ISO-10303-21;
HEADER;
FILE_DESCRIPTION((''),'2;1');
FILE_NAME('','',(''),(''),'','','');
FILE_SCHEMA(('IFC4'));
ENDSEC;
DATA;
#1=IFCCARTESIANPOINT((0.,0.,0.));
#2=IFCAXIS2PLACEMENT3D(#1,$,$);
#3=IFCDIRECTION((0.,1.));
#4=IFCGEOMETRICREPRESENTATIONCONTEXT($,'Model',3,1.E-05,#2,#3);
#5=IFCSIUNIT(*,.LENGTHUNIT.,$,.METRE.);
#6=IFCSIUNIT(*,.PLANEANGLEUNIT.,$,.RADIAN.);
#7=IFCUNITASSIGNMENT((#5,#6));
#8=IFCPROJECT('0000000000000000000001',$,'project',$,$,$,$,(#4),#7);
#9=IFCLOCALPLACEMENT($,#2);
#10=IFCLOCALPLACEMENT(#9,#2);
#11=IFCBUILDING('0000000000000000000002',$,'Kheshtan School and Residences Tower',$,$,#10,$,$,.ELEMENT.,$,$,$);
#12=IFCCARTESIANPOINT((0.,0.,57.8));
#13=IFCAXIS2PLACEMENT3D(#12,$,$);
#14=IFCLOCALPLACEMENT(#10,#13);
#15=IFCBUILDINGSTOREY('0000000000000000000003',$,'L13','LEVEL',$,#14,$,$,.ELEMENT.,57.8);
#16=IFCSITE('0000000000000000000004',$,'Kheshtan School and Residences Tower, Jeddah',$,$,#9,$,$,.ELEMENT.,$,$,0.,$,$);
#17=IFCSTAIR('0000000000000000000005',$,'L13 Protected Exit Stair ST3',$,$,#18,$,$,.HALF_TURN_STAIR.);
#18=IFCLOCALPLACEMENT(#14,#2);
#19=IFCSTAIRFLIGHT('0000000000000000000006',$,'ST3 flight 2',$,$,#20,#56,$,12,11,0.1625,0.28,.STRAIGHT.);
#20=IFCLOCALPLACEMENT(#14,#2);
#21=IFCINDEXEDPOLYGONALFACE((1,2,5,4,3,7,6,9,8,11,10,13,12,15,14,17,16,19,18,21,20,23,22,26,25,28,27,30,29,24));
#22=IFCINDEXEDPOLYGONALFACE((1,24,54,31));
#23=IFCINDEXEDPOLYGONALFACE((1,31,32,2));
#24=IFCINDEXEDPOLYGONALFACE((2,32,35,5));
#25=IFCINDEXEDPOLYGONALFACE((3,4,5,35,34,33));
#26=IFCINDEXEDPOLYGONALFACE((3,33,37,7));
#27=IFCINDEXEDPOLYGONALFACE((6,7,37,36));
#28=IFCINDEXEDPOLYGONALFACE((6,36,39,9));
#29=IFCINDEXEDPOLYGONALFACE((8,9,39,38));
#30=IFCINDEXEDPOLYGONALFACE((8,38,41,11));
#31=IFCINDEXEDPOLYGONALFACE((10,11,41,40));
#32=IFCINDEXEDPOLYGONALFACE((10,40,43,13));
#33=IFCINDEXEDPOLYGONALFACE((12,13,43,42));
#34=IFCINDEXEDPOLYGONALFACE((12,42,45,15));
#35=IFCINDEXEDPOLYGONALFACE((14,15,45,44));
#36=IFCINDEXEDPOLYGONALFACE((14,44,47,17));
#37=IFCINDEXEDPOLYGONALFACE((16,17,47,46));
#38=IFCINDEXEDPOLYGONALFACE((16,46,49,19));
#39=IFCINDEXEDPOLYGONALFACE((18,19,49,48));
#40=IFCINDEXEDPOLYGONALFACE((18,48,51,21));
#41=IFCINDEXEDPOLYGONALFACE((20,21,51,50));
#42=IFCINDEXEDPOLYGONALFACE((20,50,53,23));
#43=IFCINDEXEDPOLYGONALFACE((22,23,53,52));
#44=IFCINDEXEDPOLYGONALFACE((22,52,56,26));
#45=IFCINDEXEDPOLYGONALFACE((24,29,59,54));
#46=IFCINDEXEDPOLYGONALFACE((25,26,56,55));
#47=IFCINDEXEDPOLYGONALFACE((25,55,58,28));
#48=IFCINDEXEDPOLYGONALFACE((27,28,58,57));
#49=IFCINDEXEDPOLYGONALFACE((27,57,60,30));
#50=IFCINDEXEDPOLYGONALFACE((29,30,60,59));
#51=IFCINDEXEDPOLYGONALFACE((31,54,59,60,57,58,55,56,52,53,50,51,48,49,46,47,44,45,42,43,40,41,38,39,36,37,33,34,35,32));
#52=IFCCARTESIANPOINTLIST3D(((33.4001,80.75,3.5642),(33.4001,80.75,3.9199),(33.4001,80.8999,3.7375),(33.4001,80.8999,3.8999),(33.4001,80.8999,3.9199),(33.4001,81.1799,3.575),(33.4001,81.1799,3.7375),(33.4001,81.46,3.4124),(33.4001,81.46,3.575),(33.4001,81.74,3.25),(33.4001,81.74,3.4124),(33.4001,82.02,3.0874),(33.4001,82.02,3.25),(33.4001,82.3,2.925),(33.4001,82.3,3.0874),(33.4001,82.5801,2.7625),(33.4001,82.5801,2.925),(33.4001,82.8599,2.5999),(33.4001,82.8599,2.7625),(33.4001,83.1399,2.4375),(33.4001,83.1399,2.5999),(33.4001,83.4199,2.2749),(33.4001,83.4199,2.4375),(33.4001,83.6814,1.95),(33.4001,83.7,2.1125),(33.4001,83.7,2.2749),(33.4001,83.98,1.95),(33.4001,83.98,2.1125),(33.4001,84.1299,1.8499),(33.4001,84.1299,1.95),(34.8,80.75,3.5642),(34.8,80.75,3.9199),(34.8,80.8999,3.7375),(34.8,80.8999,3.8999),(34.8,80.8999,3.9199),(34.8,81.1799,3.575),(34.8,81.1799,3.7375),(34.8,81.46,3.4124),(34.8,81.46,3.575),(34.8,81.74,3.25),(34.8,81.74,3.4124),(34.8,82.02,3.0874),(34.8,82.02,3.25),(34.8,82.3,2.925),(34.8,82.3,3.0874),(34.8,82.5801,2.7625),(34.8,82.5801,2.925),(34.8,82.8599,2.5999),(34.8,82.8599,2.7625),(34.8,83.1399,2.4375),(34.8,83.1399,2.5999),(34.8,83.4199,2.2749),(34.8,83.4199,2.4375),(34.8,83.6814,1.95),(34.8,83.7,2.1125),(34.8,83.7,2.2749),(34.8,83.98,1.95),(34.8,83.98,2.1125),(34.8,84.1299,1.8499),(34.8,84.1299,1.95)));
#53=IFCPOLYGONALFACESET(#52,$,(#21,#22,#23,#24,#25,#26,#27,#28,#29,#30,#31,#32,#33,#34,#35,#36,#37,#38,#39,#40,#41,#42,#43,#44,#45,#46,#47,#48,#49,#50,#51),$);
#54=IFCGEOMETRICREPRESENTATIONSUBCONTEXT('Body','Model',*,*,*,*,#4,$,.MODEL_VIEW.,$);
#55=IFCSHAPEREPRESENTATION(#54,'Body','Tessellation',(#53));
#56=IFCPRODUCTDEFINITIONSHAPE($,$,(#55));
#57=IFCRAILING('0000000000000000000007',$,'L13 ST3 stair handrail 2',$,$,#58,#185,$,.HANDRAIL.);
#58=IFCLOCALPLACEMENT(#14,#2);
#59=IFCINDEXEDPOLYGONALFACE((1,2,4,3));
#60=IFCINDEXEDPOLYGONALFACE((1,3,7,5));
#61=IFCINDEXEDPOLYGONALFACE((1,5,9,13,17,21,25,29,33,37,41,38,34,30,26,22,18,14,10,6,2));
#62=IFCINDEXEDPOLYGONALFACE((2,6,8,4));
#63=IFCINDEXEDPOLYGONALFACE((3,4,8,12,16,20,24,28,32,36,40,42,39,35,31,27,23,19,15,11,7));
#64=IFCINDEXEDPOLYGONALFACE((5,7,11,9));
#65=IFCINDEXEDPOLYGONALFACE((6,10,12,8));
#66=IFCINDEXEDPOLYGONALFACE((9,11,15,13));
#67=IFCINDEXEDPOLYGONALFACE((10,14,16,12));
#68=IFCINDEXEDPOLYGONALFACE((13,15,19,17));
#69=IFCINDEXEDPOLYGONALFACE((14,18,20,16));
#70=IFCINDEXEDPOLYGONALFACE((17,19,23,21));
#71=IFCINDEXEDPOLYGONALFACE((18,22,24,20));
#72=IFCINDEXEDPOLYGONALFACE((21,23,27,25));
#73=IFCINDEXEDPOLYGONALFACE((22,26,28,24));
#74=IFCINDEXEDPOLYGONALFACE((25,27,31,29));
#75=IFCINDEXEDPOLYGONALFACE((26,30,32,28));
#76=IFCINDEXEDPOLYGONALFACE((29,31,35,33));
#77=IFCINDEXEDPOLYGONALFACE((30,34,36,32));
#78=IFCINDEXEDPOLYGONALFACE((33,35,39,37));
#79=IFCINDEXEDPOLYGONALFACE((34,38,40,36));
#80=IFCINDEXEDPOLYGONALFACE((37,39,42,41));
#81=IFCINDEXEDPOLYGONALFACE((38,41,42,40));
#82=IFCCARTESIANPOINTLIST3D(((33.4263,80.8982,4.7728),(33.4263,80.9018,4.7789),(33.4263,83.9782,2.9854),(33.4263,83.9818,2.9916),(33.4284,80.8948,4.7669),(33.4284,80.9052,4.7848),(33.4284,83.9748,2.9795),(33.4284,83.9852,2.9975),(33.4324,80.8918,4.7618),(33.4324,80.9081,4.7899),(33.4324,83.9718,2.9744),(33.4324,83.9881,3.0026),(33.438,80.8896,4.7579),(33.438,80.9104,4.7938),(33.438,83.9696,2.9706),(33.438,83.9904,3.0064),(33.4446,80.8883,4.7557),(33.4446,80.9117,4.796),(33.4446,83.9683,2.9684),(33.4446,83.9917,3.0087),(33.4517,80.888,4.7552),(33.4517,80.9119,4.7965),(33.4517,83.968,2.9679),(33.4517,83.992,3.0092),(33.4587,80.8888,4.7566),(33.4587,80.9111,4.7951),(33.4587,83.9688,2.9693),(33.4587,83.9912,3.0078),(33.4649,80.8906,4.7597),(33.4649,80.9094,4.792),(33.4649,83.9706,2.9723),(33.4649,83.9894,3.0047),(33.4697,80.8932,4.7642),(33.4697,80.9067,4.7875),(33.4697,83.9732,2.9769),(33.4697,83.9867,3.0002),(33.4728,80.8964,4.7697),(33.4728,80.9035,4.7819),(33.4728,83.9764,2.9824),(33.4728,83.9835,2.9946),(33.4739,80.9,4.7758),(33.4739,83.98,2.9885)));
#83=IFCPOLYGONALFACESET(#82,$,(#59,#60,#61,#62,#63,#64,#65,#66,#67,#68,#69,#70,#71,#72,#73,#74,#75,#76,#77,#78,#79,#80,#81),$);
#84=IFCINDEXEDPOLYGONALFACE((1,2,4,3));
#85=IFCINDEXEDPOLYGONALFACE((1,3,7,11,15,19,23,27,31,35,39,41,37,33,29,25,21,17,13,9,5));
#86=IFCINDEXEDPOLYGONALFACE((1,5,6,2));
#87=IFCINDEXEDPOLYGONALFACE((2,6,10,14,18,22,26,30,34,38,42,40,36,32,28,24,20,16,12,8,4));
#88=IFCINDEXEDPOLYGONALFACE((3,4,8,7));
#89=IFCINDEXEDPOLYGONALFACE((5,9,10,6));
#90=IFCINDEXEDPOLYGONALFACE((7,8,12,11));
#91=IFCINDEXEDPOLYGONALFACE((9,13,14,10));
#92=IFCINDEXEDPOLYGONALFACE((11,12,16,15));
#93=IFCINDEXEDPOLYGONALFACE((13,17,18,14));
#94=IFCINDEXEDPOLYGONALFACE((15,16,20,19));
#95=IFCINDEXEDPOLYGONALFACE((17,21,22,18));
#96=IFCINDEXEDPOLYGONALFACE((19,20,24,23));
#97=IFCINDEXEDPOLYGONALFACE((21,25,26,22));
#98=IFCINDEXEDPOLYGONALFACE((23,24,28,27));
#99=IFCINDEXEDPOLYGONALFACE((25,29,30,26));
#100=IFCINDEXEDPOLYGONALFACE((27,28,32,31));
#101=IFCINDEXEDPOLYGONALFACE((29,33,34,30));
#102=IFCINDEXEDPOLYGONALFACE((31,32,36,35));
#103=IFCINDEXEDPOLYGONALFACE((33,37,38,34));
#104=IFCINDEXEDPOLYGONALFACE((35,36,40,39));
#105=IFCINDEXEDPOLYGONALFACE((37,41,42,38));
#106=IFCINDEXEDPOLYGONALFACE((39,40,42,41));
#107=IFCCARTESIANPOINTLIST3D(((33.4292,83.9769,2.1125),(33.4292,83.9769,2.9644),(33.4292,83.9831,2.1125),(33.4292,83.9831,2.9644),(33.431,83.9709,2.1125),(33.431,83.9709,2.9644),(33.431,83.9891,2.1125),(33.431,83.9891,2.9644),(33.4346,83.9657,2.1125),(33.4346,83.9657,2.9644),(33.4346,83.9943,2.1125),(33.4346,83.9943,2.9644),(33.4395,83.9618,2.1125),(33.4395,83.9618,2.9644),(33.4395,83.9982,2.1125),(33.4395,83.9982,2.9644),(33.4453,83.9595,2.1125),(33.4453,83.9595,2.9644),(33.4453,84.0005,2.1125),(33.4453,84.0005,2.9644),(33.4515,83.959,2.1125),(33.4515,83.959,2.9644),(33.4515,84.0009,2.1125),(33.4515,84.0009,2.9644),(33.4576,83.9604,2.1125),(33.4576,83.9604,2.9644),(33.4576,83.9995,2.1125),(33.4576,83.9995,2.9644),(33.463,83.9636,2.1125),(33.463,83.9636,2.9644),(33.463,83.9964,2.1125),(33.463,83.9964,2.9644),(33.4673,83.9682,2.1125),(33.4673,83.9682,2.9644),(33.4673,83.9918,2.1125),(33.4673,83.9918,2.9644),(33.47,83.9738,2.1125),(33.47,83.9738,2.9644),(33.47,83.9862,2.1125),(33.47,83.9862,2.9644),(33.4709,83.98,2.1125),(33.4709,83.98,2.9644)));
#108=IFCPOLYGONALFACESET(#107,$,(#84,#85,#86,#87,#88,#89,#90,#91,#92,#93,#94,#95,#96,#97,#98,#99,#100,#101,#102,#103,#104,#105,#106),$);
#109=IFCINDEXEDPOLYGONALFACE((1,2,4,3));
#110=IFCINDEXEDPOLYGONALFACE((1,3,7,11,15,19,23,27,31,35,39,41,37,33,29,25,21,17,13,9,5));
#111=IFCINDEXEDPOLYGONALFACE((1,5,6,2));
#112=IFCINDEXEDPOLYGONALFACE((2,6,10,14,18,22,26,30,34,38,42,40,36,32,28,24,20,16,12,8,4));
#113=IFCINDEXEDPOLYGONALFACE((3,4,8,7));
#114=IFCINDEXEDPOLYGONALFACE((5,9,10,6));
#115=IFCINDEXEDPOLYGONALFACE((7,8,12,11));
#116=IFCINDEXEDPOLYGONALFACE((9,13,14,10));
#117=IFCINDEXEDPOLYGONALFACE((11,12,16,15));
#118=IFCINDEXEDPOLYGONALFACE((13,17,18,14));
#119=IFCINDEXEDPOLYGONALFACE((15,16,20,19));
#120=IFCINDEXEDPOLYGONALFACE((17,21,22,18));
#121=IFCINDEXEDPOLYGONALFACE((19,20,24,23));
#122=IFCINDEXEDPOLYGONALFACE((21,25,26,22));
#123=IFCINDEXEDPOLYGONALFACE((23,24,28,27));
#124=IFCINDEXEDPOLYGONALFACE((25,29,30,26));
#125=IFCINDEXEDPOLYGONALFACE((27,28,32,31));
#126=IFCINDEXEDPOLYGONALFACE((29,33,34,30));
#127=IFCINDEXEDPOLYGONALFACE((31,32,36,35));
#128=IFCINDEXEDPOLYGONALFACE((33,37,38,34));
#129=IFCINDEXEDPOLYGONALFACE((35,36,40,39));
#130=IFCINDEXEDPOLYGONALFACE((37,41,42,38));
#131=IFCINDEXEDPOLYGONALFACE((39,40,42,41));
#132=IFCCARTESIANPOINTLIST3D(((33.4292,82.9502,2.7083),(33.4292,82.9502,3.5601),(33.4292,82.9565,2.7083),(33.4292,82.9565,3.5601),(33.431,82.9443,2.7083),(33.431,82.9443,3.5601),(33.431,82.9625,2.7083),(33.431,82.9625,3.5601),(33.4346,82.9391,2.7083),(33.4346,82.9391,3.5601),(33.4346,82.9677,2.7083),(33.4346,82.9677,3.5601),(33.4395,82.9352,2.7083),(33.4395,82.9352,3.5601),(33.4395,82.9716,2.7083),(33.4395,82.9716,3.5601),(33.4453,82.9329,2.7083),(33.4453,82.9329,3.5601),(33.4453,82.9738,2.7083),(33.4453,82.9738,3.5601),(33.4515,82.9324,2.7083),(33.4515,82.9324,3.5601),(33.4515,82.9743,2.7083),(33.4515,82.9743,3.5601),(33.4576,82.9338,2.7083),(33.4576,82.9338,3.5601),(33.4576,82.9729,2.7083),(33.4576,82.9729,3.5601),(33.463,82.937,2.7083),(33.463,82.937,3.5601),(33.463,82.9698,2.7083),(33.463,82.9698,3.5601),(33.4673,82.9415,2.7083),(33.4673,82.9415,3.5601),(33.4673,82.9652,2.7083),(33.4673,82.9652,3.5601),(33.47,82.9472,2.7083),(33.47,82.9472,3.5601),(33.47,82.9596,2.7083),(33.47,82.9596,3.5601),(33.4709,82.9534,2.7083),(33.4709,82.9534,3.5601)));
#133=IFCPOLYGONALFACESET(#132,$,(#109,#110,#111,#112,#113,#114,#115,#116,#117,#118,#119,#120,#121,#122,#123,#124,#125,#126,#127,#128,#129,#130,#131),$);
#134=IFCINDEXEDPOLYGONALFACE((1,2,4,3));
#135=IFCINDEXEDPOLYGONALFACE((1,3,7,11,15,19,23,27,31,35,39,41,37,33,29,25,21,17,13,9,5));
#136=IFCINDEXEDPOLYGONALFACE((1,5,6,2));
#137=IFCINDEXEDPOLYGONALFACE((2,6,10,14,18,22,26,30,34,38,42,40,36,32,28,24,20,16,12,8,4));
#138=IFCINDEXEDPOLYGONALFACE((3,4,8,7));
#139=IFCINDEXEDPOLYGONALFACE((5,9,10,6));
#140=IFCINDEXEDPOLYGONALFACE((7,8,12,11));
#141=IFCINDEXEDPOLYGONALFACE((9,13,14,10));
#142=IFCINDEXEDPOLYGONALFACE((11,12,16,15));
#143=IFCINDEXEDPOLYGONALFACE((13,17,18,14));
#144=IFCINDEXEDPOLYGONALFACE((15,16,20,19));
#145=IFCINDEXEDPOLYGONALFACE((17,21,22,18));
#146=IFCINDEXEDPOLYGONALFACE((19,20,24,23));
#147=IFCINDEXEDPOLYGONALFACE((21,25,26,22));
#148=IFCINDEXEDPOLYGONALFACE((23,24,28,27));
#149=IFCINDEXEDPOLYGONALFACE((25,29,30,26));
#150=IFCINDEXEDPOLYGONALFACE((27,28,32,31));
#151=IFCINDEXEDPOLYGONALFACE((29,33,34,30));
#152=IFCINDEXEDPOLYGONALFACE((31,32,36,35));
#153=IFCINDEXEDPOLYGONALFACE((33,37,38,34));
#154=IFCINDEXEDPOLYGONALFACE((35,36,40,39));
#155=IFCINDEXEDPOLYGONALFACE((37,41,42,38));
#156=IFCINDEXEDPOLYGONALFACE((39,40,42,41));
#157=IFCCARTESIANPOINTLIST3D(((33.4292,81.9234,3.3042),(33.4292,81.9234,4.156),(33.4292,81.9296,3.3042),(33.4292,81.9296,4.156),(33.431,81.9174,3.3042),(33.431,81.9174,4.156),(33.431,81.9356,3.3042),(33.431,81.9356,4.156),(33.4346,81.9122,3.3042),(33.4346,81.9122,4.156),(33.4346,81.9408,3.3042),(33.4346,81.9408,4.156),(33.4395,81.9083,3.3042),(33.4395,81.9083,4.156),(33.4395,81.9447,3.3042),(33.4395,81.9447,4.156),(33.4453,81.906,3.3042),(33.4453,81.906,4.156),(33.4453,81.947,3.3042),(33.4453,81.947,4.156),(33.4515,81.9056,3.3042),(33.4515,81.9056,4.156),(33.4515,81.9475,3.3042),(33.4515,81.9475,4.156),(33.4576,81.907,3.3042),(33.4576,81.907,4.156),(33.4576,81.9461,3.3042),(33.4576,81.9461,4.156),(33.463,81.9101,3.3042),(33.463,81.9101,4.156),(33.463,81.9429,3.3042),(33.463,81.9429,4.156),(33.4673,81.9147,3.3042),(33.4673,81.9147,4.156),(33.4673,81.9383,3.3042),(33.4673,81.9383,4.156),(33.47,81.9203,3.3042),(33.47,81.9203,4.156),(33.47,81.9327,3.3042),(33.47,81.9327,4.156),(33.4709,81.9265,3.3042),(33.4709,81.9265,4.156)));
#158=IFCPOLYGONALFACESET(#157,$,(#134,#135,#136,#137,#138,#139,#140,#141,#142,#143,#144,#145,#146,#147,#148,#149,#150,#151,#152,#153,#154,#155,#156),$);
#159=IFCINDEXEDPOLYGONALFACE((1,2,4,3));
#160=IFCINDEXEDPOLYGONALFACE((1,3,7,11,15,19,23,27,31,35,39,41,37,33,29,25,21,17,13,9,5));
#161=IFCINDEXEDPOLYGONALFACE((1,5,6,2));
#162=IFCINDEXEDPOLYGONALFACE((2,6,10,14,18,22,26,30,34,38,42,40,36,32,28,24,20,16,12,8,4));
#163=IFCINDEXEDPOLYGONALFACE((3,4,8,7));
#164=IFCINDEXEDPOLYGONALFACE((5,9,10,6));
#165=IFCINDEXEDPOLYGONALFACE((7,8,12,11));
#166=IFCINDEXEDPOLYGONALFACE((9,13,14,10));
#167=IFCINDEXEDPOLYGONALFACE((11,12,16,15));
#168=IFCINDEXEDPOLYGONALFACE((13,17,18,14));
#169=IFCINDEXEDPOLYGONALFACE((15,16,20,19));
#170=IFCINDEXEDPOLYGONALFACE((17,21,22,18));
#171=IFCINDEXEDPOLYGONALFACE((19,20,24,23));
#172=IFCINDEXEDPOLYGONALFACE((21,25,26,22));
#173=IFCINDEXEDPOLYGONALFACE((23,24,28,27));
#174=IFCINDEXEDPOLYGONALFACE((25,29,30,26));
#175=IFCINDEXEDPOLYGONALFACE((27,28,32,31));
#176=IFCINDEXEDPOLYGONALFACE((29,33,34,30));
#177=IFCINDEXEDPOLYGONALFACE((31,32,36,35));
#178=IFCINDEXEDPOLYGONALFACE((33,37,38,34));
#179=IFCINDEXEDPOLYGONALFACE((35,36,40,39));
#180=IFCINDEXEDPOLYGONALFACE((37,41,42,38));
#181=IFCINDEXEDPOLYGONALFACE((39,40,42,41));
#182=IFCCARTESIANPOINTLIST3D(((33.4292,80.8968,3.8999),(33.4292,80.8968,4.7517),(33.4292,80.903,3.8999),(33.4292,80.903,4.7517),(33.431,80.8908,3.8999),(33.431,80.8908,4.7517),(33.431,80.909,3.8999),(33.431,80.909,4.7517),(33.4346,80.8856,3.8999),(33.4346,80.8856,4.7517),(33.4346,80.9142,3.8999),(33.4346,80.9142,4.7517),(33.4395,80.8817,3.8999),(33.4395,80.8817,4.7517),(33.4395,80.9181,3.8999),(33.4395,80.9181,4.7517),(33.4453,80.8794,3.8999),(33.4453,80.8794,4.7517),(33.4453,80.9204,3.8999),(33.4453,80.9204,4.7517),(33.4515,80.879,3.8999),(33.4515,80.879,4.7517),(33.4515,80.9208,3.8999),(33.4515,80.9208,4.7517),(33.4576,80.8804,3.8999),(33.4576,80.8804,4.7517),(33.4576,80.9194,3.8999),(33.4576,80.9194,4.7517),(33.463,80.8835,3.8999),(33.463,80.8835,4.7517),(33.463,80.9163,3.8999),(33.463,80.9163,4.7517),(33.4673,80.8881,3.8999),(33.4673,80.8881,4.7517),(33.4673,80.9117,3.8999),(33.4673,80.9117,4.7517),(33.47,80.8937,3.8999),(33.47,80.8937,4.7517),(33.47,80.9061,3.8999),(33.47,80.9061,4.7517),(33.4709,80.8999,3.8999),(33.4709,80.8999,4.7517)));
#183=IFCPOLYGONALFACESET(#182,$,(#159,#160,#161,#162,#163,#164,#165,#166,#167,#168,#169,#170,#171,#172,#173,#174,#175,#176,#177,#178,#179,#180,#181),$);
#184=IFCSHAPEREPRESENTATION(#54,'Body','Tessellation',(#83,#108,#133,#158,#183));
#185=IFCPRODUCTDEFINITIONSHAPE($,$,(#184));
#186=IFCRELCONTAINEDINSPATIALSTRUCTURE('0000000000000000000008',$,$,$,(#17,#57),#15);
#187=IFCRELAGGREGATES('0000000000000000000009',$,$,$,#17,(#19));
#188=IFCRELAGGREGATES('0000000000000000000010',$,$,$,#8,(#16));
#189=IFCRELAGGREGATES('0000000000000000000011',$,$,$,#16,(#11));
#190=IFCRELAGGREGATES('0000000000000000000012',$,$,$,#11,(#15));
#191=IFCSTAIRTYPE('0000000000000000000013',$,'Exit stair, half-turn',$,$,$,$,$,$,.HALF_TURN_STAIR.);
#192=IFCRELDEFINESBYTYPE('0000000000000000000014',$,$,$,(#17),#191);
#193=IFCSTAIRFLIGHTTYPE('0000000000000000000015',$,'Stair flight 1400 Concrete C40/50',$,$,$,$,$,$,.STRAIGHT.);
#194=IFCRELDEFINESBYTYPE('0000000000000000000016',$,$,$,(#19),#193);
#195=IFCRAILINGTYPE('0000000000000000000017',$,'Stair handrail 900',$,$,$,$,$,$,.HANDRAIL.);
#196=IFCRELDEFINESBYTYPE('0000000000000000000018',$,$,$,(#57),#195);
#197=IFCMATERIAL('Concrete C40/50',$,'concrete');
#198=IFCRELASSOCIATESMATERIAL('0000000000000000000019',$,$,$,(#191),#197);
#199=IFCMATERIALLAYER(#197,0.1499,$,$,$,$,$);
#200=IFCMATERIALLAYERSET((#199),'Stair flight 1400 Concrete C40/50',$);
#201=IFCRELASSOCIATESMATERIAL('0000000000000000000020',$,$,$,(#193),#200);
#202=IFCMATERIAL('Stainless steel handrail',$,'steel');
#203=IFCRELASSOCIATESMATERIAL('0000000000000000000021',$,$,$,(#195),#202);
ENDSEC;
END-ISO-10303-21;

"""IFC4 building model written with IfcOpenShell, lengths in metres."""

from ifc_helpers import new_model, si_unit, direction, frame, origin, origin_2d, place, context, subcontext, project, spatial, polyline, circle, outline, extrude, material, layer, layer_set, type_object, element, aggregate, save


model = new_model("IFC4")

# Units and contexts
model_context = context("Model", 3, precision=1e-05, world=origin(), true_north=direction((0.0, 1.0)))
body_context = subcontext(model_context, "Body", "Model", "MODEL_VIEW")
ifc_project = project(units=[si_unit("LENGTHUNIT", "METRE"), si_unit("PLANEANGLEUNIT", "RADIAN")], contexts=[model_context])

# Site, building, storey
site_placement = place(None, origin())
site = spatial("IfcSite", under=ifc_project, at=site_placement, Name="Kheshtan School and Residences Tower, Jeddah", CompositionType="ELEMENT", RefElevation=0.0)
building_placement = place(site_placement, origin())
building = spatial("IfcBuilding", under=site, at=building_placement, Name="Kheshtan School and Residences Tower", CompositionType="ELEMENT")
storey_placement = place(building_placement, frame((0.0, 0.0, 57.8)))
storey = spatial("IfcBuildingStorey", under=building, at=storey_placement, Name="L13", Description="LEVEL", CompositionType="ELEMENT", Elevation=57.8)

# Shared definitions
ifc_material_1 = material(Name="Concrete C40/50", Category="concrete")

# Stair, stair flight
stair_type = type_object("IfcStairType", Name="Exit stair, half-turn", PredefinedType="HALF_TURN_STAIR", material=ifc_material_1)
stair_placement = place(storey_placement, origin())
stair = element("IfcStair", 1, at=stair_placement, inside=storey, type_object=stair_type, Name="L13 Protected Exit Stair ST3", PredefinedType="HALF_TURN_STAIR")
ifc_layer_1 = layer(ifc_material_1, 0.1499)
ifc_layer_set_1 = layer_set([ifc_layer_1], Name="Stair flight 1400 Concrete C40/50")
stair_flight_type = type_object("IfcStairFlightType", Name="Stair flight 1400 Concrete C40/50", PredefinedType="STRAIGHT", material=ifc_layer_set_1)
stair_flight_placement = place(storey_placement, frame((34.1001, 83.98, 1.95), z_axis=(0.0, 0.0, 1.0), x_axis=(0.0, -1.0, 0.0)))
stair_flight = element("IfcStairFlight", 2, at=stair_flight_placement, type_object=stair_flight_type, Name="ST3 flight 2", NumberOfRisers=12, NumberOfTreads=11, PredefinedType="STRAIGHT", RiserHeight=0.1625, TreadLength=0.28, context=body_context, shape_type="SweptSolid", body=[
    extrude(outline(polyline([(-0.1499, -0.1001), (-0.1499, 0.0), (0.0, 0.0), (0.0, 0.1626), (0.28, 0.1626), (0.28, 0.325), (0.5601, 0.325), (0.5601, 0.4875), (0.8401, 0.4875), (0.8401, 0.6499), (1.1201, 0.6499), (1.1201, 0.8125), (1.3999, 0.8125), (1.3999, 0.9751), (1.6799, 0.9751), (1.6799, 1.1375), (1.96, 1.1375), (1.96, 1.3), (2.24, 1.3), (2.24, 1.4624), (2.52, 1.4624), (2.52, 1.625), (2.8, 1.625), (2.8, 1.7876), (3.0801, 1.7876), (3.0801, 1.95), (3.0801, 1.97), (3.23, 1.97), (3.23, 1.6143), (0.2986, 0.0), (-0.1499, -0.1001)])), frame((0.0, 0.7, 0.0), z_axis=(0.0, -1.0, 0.0), x_axis=(1.0, 0.0, 0.0)), (0.0, 0.0, 1.0), 1.3999),
])
aggregate(stair, [stair_flight])

# Railing
ifc_material_2 = material(Name="Stainless steel handrail", Category="steel")
railing_type_1 = type_object("IfcRailingType", Name="Stair handrail 900", PredefinedType="HANDRAIL", material=ifc_material_2)
railing_1_placement = place(storey_placement, frame((33.45, 83.98, 2.1125)))
element("IfcRailing", 3, at=railing_1_placement, inside=storey, type_object=railing_type_1, Name="L13 ST3 stair handrail 2", PredefinedType="HANDRAIL", context=body_context, shape_type="SweptSolid", body=[
    extrude(circle(Radius=0.0239, at=origin_2d()), frame((0.0, 0.0, 0.876), z_axis=(0.0, -0.86492, 0.501909), x_axis=(1.0, 0.0, 0.0)), (0.0, 0.0, 1.0), 3.561),
    extrude(circle(Radius=0.021, at=origin_2d()), origin(), (0.0, 0.0, 1.0), 0.8518),
    extrude(circle(Radius=0.021, at=origin_2d()), frame((0.0, -1.0266, 0.5957)), (0.0, 0.0, 1.0), 0.8518),
    extrude(circle(Radius=0.021, at=origin_2d()), frame((0.0, -2.0535, 1.1917)), (0.0, 0.0, 1.0), 0.8518),
    extrude(circle(Radius=0.021, at=origin_2d()), frame((0.0, -3.0801, 1.7874)), (0.0, 0.0, 1.0), 0.8518),
])

save(model, "model.ifc")
